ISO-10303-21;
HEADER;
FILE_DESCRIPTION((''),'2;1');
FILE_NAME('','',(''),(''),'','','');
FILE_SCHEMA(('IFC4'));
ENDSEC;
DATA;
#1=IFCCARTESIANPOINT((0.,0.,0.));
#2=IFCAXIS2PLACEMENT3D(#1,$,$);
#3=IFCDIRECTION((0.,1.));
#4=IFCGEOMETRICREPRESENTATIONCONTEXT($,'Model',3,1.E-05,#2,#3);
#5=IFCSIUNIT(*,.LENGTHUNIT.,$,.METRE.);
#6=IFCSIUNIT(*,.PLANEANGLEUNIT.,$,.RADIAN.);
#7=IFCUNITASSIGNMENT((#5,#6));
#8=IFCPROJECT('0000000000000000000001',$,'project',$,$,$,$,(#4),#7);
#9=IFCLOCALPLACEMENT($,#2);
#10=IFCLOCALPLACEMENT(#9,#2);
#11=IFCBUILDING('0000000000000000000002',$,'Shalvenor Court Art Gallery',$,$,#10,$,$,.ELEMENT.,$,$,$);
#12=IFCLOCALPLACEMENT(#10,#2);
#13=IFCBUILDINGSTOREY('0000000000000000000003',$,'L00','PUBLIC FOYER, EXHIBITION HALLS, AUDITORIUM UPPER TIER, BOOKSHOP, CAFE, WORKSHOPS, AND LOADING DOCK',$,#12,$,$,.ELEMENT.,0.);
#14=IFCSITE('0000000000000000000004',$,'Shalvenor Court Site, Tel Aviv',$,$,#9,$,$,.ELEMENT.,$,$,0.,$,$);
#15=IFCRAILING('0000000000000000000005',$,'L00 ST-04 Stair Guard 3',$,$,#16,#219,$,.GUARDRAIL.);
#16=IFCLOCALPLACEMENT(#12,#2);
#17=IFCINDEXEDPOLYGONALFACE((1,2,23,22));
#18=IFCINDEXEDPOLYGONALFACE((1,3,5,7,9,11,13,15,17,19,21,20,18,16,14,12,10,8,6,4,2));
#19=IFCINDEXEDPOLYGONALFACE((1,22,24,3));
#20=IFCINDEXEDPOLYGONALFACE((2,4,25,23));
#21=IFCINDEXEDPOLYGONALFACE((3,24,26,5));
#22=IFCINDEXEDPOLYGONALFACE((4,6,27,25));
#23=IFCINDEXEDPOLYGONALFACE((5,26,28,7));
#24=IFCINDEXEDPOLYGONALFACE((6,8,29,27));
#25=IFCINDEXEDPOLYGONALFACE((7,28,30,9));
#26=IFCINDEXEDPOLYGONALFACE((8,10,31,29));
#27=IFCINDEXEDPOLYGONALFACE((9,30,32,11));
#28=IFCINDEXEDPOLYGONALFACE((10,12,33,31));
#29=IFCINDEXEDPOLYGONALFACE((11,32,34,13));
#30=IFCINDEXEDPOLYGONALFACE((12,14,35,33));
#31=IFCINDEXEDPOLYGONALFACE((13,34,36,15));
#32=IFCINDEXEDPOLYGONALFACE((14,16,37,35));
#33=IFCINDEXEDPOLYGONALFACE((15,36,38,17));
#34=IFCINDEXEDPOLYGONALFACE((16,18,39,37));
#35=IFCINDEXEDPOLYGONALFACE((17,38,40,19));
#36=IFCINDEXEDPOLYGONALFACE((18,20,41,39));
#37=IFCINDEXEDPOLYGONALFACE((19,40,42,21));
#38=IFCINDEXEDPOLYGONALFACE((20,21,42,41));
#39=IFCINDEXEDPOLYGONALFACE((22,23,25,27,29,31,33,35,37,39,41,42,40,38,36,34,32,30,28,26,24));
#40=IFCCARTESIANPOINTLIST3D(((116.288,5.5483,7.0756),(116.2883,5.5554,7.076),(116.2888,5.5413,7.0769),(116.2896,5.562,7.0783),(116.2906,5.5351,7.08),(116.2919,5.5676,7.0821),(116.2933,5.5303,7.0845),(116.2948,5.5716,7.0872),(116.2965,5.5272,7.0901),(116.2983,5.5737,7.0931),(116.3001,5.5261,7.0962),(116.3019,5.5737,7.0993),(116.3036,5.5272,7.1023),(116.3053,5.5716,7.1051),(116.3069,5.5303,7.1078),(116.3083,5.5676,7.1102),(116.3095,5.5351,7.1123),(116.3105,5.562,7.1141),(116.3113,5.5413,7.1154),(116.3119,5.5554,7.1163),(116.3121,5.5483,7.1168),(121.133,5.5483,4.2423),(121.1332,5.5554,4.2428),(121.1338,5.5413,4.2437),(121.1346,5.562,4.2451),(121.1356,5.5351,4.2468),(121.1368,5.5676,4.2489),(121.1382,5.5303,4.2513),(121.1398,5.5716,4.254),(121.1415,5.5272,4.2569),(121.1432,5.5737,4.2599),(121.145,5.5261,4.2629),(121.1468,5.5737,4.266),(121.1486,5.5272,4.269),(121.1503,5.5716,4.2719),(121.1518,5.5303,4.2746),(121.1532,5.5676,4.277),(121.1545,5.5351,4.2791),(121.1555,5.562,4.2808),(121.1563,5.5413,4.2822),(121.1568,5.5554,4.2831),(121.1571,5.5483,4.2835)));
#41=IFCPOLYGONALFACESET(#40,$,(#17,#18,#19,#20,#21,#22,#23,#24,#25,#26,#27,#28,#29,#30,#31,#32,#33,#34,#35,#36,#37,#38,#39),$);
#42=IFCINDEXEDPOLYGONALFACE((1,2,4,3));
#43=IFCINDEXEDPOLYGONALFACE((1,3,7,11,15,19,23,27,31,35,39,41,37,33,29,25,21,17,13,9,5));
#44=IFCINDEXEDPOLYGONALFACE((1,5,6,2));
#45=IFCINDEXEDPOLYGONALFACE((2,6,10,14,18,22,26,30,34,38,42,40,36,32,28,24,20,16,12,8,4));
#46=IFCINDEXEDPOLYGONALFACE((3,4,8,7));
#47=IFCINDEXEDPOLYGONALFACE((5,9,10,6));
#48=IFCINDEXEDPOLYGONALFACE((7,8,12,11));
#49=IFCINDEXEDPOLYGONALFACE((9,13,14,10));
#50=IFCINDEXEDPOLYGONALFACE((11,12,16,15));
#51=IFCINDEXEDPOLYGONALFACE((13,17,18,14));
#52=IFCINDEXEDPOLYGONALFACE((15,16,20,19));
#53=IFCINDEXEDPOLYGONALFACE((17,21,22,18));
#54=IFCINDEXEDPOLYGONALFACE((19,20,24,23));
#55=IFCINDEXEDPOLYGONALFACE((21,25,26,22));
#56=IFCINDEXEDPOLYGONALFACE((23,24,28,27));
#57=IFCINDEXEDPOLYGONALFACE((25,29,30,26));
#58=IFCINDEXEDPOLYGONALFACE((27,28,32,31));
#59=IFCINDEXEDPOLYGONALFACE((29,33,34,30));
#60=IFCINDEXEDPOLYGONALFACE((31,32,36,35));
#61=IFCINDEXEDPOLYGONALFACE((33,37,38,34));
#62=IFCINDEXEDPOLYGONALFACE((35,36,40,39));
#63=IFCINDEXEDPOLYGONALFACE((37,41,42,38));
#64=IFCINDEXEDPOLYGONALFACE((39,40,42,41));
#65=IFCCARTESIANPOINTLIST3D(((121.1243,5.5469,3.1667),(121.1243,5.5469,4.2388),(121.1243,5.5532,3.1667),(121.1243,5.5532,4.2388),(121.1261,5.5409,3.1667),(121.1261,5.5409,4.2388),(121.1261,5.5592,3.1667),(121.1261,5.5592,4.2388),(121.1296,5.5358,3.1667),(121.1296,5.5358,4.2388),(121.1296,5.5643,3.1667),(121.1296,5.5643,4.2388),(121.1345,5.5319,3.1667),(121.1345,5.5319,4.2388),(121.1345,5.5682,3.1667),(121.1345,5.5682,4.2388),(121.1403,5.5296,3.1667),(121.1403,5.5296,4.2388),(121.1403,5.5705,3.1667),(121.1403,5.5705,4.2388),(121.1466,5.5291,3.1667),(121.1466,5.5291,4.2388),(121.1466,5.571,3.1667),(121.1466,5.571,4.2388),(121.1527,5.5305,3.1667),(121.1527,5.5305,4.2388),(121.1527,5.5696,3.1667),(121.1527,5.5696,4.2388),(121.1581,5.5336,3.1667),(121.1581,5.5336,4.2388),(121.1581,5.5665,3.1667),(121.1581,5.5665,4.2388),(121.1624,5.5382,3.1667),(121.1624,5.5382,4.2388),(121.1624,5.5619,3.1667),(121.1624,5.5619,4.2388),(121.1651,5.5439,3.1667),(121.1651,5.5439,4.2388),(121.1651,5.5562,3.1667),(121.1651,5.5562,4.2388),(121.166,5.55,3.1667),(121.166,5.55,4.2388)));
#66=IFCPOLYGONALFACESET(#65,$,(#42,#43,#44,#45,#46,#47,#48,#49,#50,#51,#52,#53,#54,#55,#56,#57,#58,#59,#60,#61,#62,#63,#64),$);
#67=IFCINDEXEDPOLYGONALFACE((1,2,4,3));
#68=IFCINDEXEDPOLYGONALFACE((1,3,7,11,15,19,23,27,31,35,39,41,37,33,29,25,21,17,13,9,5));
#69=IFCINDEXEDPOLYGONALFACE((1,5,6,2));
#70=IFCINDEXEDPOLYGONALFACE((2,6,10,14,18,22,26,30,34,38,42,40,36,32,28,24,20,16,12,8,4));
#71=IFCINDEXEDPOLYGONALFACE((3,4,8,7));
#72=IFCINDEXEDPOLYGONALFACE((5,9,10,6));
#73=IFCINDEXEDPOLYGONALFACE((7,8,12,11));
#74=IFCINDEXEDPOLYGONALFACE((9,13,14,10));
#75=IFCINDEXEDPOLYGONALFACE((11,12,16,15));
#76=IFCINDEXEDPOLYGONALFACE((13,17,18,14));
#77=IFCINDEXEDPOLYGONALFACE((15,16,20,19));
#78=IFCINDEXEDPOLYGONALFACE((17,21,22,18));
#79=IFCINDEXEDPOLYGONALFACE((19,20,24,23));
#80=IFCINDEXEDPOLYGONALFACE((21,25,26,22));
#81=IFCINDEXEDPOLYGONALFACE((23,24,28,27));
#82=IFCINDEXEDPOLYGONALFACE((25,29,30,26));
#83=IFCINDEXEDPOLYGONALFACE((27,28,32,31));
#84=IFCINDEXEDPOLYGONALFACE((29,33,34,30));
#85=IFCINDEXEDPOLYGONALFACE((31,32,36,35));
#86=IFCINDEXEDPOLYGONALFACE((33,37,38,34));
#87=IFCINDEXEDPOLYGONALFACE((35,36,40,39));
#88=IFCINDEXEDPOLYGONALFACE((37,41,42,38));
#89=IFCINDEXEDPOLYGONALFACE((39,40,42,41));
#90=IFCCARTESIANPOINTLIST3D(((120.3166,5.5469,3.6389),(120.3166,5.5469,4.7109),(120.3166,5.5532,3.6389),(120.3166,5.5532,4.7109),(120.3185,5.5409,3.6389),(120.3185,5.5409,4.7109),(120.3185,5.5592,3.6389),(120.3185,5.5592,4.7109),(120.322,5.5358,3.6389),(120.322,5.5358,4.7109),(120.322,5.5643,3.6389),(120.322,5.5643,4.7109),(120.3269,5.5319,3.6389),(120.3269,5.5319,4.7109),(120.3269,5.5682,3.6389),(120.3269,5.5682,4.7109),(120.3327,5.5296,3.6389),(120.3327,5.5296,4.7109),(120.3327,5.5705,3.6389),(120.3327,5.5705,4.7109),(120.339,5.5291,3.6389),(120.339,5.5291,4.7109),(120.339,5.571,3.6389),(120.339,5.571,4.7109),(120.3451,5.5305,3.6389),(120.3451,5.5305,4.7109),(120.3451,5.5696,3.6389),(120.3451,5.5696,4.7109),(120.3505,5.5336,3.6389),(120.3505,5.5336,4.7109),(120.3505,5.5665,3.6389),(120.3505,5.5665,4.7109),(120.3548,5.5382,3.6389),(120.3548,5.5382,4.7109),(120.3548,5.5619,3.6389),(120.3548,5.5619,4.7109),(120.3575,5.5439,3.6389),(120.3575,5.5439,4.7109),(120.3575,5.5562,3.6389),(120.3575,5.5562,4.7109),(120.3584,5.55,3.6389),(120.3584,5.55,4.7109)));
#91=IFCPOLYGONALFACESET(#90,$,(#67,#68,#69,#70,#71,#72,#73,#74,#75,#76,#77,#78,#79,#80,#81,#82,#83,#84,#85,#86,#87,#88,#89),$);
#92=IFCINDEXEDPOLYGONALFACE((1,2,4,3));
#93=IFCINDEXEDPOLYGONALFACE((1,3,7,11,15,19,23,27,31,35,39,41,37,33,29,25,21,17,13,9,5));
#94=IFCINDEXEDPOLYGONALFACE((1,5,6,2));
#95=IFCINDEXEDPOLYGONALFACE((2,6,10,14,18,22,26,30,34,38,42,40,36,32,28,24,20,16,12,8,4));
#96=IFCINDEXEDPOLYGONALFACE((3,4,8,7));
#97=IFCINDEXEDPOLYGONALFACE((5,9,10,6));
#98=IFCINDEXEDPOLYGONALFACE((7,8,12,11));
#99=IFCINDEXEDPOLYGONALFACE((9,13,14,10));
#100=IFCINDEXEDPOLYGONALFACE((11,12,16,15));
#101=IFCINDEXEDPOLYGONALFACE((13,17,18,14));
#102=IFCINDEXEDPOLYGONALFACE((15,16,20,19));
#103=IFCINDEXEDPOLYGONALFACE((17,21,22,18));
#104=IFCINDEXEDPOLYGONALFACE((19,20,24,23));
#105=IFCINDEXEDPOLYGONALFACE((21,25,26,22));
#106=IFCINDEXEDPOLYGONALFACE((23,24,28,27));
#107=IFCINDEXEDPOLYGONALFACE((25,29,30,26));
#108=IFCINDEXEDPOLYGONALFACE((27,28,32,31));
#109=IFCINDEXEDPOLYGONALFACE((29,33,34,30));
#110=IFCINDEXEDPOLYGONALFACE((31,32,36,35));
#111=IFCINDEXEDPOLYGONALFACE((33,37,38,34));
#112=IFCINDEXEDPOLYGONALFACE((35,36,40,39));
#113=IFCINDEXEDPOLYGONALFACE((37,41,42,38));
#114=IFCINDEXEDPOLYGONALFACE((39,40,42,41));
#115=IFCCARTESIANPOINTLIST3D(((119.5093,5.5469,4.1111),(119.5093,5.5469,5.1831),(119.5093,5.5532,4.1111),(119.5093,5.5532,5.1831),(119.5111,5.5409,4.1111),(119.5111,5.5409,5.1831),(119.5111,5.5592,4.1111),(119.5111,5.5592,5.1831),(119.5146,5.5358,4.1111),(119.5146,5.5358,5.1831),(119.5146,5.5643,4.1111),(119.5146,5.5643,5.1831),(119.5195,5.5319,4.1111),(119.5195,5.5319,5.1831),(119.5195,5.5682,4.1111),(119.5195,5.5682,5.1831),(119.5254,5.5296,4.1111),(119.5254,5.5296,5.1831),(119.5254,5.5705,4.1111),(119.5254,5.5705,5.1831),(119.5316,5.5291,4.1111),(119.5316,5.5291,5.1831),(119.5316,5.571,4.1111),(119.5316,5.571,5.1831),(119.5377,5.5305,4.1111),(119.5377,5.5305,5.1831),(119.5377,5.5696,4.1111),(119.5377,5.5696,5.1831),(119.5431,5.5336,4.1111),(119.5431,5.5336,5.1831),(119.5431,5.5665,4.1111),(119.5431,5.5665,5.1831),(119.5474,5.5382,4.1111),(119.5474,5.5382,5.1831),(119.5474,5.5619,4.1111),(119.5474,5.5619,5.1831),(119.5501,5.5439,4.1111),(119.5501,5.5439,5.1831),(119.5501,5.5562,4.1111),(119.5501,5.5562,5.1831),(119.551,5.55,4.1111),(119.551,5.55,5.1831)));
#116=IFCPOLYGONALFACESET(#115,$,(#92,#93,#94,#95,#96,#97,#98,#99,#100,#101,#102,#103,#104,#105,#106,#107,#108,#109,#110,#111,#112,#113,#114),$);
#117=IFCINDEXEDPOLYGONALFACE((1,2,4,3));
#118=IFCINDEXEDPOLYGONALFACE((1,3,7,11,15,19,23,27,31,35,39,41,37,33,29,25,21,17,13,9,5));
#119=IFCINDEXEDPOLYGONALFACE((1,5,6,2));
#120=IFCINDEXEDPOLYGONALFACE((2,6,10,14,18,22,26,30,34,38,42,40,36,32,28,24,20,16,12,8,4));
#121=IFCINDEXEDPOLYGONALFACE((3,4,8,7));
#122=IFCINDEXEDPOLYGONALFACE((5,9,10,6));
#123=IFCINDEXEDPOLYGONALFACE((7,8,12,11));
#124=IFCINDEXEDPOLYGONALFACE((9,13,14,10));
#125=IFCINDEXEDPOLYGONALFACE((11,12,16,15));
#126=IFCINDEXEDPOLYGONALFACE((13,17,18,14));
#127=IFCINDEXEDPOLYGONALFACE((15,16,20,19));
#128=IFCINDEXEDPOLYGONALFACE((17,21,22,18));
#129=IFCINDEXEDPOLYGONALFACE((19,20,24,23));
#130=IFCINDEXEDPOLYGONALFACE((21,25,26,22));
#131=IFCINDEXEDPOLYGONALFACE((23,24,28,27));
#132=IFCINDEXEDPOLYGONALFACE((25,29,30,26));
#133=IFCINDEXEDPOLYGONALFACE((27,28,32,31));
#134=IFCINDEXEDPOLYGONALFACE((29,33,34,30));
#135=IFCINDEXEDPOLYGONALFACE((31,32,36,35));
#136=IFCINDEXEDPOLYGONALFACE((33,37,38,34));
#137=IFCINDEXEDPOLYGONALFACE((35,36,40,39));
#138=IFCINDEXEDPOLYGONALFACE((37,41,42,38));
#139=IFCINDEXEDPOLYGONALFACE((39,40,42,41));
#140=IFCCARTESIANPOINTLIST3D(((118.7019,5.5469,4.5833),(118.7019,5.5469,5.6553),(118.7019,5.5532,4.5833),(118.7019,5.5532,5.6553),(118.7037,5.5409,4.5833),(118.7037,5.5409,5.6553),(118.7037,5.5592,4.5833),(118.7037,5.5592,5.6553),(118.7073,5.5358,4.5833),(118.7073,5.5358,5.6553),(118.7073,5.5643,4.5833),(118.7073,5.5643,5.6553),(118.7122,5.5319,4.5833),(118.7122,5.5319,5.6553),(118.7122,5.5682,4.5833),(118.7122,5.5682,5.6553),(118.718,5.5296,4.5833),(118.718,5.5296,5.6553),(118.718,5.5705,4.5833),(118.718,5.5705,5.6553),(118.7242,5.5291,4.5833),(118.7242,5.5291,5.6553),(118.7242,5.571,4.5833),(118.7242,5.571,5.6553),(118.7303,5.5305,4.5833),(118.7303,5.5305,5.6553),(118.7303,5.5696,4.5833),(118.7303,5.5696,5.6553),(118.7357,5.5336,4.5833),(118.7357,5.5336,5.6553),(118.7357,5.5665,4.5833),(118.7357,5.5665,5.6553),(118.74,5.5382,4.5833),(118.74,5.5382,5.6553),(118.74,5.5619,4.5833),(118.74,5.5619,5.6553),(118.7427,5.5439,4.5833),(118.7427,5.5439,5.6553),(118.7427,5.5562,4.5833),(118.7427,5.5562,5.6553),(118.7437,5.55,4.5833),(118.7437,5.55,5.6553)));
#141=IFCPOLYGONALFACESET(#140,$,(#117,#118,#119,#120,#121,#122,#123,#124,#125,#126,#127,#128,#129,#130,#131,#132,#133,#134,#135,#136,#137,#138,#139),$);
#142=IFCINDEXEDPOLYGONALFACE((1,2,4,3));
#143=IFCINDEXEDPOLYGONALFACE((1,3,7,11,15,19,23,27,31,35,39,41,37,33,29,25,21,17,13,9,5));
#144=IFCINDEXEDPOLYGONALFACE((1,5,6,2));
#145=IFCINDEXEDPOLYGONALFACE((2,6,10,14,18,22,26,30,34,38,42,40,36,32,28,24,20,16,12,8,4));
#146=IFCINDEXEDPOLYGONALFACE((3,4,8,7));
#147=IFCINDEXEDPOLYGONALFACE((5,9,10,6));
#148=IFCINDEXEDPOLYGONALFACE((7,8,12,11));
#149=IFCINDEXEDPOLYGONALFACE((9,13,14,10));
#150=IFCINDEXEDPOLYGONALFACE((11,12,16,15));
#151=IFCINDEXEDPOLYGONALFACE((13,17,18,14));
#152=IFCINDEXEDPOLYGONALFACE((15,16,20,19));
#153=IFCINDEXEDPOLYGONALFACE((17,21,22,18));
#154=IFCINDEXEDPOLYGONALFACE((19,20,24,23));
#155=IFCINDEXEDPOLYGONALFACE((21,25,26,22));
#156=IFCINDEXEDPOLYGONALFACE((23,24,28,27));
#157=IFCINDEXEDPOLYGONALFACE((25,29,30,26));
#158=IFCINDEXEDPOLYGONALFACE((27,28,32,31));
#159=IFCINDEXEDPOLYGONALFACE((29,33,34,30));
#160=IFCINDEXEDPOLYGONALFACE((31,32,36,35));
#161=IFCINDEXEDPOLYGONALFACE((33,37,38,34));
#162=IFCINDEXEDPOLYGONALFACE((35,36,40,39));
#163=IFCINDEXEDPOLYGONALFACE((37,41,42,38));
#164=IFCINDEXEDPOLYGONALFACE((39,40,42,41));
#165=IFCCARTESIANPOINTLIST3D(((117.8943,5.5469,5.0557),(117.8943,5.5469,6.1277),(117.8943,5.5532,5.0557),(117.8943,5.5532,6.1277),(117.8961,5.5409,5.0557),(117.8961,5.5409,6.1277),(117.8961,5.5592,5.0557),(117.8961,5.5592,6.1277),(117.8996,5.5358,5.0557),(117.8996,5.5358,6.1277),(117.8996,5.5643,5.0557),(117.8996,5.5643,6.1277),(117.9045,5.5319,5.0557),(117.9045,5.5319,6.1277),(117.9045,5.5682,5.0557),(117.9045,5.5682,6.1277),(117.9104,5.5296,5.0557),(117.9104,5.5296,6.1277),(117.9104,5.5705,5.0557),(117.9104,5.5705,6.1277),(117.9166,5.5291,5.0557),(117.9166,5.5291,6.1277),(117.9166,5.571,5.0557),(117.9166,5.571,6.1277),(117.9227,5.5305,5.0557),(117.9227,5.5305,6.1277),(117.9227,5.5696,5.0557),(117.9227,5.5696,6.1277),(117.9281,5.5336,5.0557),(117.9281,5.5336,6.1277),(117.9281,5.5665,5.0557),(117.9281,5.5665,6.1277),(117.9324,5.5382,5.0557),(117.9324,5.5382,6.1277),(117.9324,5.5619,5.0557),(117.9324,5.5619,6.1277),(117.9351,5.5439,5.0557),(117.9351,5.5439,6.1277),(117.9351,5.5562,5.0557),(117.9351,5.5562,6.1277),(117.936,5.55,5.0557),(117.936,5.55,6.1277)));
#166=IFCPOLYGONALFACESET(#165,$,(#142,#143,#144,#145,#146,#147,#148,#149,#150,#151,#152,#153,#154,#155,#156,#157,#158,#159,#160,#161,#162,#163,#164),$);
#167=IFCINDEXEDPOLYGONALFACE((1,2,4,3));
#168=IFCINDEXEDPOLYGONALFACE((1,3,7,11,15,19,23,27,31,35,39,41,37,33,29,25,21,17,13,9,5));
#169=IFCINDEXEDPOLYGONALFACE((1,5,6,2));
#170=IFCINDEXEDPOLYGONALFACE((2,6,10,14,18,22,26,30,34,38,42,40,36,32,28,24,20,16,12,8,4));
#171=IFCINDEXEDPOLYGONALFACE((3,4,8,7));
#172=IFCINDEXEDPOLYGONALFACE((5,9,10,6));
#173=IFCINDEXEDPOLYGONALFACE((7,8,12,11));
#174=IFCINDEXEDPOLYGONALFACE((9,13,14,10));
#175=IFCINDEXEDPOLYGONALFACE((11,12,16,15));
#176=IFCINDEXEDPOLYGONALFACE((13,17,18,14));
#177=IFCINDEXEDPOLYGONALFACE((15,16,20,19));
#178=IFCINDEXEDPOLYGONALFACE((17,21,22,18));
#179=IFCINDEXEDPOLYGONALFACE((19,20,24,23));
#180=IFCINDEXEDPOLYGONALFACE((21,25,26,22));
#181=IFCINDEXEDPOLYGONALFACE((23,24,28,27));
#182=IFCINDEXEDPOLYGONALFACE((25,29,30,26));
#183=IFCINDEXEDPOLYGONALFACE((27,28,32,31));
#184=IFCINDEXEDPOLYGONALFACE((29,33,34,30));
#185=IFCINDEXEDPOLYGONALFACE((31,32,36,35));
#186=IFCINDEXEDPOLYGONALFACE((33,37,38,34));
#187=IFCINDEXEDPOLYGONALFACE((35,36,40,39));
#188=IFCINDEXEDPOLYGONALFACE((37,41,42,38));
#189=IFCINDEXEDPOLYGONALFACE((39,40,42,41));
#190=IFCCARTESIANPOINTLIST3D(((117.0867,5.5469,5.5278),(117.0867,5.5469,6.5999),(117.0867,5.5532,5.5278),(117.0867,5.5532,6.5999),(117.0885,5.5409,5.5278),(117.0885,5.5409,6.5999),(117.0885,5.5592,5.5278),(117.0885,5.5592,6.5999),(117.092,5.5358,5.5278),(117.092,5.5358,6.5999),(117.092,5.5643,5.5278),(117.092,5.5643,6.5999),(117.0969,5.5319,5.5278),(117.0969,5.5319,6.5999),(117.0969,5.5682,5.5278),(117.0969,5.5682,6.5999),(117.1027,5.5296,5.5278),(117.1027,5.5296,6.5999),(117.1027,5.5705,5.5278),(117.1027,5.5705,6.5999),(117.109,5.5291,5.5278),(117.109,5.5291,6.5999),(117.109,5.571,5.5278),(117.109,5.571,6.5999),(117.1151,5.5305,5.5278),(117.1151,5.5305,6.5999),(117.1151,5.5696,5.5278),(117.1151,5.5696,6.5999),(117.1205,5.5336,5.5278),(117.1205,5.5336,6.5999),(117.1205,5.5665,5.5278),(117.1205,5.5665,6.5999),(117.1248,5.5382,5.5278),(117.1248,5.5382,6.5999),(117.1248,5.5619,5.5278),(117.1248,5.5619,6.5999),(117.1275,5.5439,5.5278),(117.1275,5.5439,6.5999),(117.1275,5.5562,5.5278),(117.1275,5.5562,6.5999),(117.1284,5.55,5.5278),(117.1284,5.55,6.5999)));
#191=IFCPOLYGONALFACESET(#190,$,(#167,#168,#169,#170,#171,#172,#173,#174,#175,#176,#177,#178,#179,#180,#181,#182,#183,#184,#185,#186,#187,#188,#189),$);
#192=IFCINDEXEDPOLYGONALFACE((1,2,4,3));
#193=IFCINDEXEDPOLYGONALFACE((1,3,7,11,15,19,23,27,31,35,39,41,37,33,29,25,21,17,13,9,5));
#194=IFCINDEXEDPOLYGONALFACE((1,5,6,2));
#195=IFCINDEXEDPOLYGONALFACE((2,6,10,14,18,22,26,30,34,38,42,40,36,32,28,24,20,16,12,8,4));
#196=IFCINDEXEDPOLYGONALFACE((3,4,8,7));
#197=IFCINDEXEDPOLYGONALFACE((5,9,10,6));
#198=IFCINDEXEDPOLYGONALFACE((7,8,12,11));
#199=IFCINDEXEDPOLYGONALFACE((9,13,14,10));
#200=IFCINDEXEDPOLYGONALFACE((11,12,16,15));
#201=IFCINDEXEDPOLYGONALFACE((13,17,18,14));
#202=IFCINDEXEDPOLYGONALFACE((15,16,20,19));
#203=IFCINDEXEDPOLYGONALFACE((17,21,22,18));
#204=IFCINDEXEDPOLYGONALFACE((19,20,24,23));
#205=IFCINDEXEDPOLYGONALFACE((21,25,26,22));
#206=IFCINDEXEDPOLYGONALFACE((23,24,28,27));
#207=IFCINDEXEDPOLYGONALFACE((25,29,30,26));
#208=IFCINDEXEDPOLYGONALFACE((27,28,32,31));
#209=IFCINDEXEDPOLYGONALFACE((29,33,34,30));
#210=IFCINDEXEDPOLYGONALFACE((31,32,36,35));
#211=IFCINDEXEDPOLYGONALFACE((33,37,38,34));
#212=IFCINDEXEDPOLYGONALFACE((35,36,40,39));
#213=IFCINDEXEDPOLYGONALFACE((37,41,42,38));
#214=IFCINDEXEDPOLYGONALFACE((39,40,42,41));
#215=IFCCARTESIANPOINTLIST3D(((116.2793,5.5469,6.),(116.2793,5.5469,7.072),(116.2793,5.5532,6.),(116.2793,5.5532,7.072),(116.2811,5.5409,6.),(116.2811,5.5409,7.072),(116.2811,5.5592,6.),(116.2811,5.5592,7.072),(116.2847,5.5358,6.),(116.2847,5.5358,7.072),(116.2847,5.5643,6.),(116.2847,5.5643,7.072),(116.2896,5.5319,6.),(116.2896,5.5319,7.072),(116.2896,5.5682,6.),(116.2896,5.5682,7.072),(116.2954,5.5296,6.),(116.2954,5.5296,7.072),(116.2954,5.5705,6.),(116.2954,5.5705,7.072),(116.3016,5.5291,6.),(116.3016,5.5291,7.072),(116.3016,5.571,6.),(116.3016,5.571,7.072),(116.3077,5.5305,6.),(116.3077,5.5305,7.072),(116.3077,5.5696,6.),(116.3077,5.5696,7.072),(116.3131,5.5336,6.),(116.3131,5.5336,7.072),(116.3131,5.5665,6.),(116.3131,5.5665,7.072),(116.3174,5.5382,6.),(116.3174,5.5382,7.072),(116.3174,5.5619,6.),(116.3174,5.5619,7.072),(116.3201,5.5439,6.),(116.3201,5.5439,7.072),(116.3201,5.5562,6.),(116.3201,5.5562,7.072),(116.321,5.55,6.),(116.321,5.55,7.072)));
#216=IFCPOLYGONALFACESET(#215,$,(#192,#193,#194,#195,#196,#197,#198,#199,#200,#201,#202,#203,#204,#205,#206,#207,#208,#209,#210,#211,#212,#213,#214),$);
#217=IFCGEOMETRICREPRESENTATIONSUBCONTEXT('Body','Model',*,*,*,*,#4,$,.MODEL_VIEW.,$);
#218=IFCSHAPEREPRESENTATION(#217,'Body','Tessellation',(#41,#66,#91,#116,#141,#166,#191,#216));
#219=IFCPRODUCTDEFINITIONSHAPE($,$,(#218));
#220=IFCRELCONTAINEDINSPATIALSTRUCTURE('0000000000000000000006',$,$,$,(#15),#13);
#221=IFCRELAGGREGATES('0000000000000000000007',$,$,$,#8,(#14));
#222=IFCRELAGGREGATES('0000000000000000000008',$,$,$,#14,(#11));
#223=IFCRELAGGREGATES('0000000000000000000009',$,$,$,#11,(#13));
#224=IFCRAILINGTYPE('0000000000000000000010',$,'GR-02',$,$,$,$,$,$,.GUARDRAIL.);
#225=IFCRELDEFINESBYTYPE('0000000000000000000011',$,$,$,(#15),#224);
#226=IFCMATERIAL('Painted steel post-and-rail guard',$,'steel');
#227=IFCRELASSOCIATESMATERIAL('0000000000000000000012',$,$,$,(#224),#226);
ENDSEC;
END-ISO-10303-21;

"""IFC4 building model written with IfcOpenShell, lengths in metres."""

from ifc_helpers import new_model, si_unit, direction, frame, origin, origin_2d, place, context, subcontext, project, spatial, circle, extrude, material, type_object, element, save


model = new_model("IFC4")

# Units and contexts
model_context = context("Model", 3, precision=1e-05, world=origin(), true_north=direction((0.0, 1.0)))
body_context = subcontext(model_context, "Body", "Model", "MODEL_VIEW")
ifc_project = project(units=[si_unit("LENGTHUNIT", "METRE"), si_unit("PLANEANGLEUNIT", "RADIAN")], contexts=[model_context])

# Site, building, storey
site_placement = place(None, origin())
site = spatial("IfcSite", under=ifc_project, at=site_placement, Name="Shalvenor Court Site, Tel Aviv", CompositionType="ELEMENT", RefElevation=0.0)
building_placement = place(site_placement, origin())
building = spatial("IfcBuilding", under=site, at=building_placement, Name="Shalvenor Court Art Gallery", CompositionType="ELEMENT")
storey_placement = place(building_placement, origin())
storey = spatial("IfcBuildingStorey", under=building, at=storey_placement, Name="L00", Description="PUBLIC FOYER, EXHIBITION HALLS, AUDITORIUM UPPER TIER, BOOKSHOP, CAFE, WORKSHOPS, AND LOADING DOCK", CompositionType="ELEMENT", Elevation=0.0)

# Railing
ifc_material_1 = material(Name="Painted steel post-and-rail guard", Category="steel")
railing_type_1 = type_object("IfcRailingType", Name="GR-02", PredefinedType="GUARDRAIL", material=ifc_material_1)
railing_1_placement = place(storey_placement, frame((121.145, 5.55, 3.1667)))
element("IfcRailing", 1, at=railing_1_placement, inside=storey, type_object=railing_type_1, Name="L00 ST-04 Stair Guard 3", PredefinedType="GUARDRAIL", context=body_context, shape_type="SweptSolid", body=[
    extrude(circle(Radius=0.0239, at=origin_2d()), frame((0.0, 0.0, 1.0962), z_axis=(-0.863234, 0.0, 0.504804), x_axis=(0.0, -1.0, 0.0)), (0.0, 0.0, 1.0), 5.6125),
    extrude(circle(Radius=0.021, at=origin_2d()), origin(), (0.0, 0.0, 1.0), 1.072),
    extrude(circle(Radius=0.021, at=origin_2d()), frame((-0.8076, 0.0, 0.4722)), (0.0, 0.0, 1.0), 1.072),
    extrude(circle(Radius=0.021, at=origin_2d()), frame((-1.615, 0.0, 0.9443)), (0.0, 0.0, 1.0), 1.072),
    extrude(circle(Radius=0.021, at=origin_2d()), frame((-2.4224, 0.0, 1.4165)), (0.0, 0.0, 1.0), 1.072),
    extrude(circle(Radius=0.021, at=origin_2d()), frame((-3.23, 0.0, 1.8889)), (0.0, 0.0, 1.0), 1.072),
    extrude(circle(Radius=0.021, at=origin_2d()), frame((-4.0376, 0.0, 2.3611)), (0.0, 0.0, 1.0), 1.072),
    extrude(circle(Radius=0.021, at=origin_2d()), frame((-4.845, 0.0, 2.8333)), (0.0, 0.0, 1.0), 1.072),
])

save(model, "model.ifc")
